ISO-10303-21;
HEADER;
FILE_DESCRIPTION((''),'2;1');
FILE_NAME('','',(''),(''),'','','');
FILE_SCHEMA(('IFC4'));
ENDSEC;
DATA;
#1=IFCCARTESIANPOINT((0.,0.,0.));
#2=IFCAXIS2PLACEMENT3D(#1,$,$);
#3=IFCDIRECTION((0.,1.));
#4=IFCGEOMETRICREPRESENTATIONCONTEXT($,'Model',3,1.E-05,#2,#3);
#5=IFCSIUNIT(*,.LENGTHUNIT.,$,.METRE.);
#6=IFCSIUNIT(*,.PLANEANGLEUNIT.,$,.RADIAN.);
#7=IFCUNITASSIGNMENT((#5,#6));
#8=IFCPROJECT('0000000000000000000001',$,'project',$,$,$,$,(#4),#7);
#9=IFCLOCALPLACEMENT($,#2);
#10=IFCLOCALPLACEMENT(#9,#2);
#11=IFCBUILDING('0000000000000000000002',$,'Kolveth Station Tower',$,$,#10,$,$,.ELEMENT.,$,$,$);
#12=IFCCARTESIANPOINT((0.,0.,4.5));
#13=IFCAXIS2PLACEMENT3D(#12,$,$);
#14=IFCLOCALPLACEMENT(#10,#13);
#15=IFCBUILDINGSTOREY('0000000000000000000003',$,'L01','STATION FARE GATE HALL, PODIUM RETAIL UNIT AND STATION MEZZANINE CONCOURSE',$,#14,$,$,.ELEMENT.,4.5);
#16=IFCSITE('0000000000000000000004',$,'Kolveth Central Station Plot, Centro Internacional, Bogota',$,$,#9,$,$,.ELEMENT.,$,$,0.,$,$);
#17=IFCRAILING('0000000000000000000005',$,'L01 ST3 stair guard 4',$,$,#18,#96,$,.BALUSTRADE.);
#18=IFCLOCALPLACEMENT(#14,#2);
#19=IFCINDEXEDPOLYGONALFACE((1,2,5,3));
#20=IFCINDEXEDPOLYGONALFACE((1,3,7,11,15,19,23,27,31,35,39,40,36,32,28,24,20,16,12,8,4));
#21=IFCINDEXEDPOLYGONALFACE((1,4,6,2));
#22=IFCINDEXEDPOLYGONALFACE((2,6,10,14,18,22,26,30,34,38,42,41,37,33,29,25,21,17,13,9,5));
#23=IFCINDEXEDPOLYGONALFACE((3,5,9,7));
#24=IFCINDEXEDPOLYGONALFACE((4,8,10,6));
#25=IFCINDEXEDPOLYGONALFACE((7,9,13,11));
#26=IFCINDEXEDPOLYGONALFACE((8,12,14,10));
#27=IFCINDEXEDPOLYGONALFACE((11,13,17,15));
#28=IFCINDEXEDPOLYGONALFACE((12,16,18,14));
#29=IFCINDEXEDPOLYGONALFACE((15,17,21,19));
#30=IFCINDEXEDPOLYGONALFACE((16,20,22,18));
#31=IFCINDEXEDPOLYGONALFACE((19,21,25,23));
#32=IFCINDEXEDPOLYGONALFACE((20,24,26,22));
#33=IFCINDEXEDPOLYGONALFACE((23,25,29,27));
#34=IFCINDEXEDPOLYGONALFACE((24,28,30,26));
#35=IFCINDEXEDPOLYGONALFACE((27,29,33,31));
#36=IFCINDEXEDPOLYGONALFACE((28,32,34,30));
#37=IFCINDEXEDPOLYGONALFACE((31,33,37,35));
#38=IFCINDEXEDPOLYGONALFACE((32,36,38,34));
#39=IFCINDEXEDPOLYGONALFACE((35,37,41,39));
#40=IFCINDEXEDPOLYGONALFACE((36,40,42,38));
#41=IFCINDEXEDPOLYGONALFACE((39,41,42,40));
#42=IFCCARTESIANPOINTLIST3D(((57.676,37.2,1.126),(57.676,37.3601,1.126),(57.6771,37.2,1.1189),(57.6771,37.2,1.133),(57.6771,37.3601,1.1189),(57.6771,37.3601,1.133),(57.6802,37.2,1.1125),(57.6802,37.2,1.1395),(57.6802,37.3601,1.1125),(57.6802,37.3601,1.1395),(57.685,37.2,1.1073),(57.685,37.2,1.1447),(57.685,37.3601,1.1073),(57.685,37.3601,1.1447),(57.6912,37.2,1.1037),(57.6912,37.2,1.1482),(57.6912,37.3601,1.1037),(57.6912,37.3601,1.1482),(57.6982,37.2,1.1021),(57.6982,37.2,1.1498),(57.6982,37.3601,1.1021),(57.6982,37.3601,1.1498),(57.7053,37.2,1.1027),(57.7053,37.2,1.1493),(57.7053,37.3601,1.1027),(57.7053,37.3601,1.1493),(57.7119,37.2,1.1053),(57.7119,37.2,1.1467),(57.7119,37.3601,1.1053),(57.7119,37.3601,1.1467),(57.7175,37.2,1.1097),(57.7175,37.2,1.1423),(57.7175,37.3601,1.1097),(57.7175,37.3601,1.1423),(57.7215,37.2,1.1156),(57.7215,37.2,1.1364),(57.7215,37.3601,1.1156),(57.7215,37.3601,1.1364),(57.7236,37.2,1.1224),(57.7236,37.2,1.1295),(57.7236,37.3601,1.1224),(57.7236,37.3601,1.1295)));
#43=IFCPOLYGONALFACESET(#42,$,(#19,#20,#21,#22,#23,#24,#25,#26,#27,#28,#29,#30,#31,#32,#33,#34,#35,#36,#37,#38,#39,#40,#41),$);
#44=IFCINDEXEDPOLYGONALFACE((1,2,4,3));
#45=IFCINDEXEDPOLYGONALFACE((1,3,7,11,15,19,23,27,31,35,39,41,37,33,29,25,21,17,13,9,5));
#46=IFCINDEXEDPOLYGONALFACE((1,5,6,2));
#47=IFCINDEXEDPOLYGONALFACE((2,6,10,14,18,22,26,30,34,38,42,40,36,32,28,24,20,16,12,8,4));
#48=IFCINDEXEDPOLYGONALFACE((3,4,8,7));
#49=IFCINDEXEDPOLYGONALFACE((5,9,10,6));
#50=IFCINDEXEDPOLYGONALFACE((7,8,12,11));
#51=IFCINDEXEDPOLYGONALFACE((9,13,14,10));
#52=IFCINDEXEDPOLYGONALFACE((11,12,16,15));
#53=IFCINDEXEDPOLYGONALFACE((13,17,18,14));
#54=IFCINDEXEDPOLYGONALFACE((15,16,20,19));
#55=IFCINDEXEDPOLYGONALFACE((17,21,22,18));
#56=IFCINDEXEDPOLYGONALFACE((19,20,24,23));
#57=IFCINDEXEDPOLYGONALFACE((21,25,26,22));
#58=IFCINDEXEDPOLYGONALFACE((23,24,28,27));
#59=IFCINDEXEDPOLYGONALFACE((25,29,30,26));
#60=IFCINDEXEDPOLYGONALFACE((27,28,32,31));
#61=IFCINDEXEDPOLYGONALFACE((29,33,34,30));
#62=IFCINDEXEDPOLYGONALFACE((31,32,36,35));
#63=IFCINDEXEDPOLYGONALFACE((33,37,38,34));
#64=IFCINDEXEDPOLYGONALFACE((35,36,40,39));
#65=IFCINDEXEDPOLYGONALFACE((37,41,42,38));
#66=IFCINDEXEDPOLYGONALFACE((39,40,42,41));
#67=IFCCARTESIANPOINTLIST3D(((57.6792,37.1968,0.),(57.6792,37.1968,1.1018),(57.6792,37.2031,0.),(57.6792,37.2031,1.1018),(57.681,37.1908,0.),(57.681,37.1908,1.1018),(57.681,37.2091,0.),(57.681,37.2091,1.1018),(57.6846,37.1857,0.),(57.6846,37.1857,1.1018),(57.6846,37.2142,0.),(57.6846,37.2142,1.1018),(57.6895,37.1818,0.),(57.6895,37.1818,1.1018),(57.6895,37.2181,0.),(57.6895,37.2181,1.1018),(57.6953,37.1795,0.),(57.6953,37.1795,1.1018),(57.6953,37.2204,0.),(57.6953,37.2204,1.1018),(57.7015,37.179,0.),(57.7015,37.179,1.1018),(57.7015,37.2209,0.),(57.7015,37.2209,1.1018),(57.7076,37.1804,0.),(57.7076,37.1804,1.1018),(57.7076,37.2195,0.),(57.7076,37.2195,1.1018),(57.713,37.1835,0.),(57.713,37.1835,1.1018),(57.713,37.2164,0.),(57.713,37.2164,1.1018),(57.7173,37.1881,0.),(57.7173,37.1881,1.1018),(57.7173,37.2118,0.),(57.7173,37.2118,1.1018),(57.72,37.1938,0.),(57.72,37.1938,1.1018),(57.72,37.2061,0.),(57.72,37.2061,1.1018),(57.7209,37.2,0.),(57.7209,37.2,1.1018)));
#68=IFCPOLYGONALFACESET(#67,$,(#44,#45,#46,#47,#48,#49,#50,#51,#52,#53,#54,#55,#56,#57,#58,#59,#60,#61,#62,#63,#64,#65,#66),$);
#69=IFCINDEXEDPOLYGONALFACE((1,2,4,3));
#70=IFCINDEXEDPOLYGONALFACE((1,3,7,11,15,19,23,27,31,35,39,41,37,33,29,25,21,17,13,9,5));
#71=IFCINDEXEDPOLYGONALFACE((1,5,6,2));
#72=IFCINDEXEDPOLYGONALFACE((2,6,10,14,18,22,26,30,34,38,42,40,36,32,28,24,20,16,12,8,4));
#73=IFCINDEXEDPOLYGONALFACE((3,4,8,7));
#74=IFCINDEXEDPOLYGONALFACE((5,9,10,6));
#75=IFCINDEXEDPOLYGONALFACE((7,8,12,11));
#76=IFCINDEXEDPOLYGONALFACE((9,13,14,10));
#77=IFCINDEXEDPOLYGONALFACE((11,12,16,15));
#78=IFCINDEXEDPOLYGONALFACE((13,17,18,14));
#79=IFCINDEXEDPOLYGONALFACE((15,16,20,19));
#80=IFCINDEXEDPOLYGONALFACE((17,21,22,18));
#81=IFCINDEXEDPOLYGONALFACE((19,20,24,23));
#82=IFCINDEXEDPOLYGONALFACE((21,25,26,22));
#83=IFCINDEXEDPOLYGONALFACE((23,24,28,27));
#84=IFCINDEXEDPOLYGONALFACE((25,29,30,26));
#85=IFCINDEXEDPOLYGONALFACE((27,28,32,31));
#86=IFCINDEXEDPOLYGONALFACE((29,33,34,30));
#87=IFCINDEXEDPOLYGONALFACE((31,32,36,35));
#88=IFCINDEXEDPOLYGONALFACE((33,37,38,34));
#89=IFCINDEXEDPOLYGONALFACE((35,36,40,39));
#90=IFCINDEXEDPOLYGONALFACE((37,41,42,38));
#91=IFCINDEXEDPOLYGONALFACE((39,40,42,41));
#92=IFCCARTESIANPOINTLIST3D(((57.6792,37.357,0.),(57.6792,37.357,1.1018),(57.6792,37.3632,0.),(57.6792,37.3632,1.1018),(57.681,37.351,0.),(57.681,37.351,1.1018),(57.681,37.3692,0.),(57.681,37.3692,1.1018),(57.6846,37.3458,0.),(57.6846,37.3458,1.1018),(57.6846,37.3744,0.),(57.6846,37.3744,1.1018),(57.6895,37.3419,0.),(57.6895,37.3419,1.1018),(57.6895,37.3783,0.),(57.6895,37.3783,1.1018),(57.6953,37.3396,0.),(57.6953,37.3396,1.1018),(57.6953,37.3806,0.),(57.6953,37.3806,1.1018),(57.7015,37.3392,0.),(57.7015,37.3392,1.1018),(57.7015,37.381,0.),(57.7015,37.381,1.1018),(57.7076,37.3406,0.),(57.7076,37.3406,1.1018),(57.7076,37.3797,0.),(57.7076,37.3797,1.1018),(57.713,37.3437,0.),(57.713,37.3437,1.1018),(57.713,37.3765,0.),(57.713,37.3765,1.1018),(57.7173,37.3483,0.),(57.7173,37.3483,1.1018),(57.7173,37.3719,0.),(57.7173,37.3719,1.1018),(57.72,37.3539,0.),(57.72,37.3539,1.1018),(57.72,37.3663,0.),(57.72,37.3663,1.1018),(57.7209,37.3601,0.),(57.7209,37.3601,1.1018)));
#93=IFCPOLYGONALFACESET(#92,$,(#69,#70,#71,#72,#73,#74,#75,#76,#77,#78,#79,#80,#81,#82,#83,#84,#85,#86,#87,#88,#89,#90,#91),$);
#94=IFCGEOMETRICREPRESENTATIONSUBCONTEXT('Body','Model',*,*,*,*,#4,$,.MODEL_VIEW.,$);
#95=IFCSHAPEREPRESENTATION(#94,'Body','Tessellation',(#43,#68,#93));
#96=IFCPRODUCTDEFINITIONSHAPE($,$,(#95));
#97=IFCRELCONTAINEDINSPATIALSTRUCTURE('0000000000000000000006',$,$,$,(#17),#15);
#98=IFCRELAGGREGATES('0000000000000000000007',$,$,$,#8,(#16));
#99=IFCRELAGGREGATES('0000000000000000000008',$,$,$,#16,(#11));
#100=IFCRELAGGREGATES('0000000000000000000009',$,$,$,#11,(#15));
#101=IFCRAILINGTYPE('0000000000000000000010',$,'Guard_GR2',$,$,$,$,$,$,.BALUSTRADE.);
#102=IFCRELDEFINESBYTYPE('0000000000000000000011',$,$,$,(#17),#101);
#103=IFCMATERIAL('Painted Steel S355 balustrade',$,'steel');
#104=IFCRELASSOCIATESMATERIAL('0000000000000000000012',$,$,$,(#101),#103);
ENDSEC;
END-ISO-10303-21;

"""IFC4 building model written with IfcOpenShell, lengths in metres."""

from ifc_helpers import new_model, si_unit, direction, frame, origin, origin_2d, place, context, subcontext, project, spatial, circle, extrude, material, type_object, element, save


model = new_model("IFC4")

# Units and contexts
model_context = context("Model", 3, precision=1e-05, world=origin(), true_north=direction((0.0, 1.0)))
body_context = subcontext(model_context, "Body", "Model", "MODEL_VIEW")
ifc_project = project(units=[si_unit("LENGTHUNIT", "METRE"), si_unit("PLANEANGLEUNIT", "RADIAN")], contexts=[model_context])

# Site, building, storey
site_placement = place(None, origin())
site = spatial("IfcSite", under=ifc_project, at=site_placement, Name="Kolveth Central Station Plot, Centro Internacional, Bogota", CompositionType="ELEMENT", RefElevation=0.0)
building_placement = place(site_placement, origin())
building = spatial("IfcBuilding", under=site, at=building_placement, Name="Kolveth Station Tower", CompositionType="ELEMENT")
storey_placement = place(building_placement, frame((0.0, 0.0, 4.5)))
storey = spatial("IfcBuildingStorey", under=building, at=storey_placement, Name="L01", Description="STATION FARE GATE HALL, PODIUM RETAIL UNIT AND STATION MEZZANINE CONCOURSE", CompositionType="ELEMENT", Elevation=4.5)

# Railing
ifc_material_1 = material(Name="Painted Steel S355 balustrade", Category="steel")
railing_type_1 = type_object("IfcRailingType", Name="Guard_GR2", PredefinedType="BALUSTRADE", material=ifc_material_1)
railing_1_placement = place(storey_placement, frame((57.7, 37.2, 0.0)))
element("IfcRailing", 1, at=railing_1_placement, inside=storey, type_object=railing_type_1, Name="L01 ST3 stair guard 4", PredefinedType="BALUSTRADE", context=body_context, shape_type="SweptSolid", body=[
    extrude(circle(Radius=0.0239, at=origin_2d()), frame((0.0, 0.0, 1.126), z_axis=(0.0, 1.0, 0.0), x_axis=(-1.0, 0.0, 0.0)), (0.0, 0.0, 1.0), 0.1602),
    extrude(circle(Radius=0.021, at=origin_2d()), origin(), (0.0, 0.0, 1.0), 1.1018),
    extrude(circle(Radius=0.021, at=origin_2d()), frame((0.0, 0.1602, 0.0)), (0.0, 0.0, 1.0), 1.1018),
])

save(model, "model.ifc")
